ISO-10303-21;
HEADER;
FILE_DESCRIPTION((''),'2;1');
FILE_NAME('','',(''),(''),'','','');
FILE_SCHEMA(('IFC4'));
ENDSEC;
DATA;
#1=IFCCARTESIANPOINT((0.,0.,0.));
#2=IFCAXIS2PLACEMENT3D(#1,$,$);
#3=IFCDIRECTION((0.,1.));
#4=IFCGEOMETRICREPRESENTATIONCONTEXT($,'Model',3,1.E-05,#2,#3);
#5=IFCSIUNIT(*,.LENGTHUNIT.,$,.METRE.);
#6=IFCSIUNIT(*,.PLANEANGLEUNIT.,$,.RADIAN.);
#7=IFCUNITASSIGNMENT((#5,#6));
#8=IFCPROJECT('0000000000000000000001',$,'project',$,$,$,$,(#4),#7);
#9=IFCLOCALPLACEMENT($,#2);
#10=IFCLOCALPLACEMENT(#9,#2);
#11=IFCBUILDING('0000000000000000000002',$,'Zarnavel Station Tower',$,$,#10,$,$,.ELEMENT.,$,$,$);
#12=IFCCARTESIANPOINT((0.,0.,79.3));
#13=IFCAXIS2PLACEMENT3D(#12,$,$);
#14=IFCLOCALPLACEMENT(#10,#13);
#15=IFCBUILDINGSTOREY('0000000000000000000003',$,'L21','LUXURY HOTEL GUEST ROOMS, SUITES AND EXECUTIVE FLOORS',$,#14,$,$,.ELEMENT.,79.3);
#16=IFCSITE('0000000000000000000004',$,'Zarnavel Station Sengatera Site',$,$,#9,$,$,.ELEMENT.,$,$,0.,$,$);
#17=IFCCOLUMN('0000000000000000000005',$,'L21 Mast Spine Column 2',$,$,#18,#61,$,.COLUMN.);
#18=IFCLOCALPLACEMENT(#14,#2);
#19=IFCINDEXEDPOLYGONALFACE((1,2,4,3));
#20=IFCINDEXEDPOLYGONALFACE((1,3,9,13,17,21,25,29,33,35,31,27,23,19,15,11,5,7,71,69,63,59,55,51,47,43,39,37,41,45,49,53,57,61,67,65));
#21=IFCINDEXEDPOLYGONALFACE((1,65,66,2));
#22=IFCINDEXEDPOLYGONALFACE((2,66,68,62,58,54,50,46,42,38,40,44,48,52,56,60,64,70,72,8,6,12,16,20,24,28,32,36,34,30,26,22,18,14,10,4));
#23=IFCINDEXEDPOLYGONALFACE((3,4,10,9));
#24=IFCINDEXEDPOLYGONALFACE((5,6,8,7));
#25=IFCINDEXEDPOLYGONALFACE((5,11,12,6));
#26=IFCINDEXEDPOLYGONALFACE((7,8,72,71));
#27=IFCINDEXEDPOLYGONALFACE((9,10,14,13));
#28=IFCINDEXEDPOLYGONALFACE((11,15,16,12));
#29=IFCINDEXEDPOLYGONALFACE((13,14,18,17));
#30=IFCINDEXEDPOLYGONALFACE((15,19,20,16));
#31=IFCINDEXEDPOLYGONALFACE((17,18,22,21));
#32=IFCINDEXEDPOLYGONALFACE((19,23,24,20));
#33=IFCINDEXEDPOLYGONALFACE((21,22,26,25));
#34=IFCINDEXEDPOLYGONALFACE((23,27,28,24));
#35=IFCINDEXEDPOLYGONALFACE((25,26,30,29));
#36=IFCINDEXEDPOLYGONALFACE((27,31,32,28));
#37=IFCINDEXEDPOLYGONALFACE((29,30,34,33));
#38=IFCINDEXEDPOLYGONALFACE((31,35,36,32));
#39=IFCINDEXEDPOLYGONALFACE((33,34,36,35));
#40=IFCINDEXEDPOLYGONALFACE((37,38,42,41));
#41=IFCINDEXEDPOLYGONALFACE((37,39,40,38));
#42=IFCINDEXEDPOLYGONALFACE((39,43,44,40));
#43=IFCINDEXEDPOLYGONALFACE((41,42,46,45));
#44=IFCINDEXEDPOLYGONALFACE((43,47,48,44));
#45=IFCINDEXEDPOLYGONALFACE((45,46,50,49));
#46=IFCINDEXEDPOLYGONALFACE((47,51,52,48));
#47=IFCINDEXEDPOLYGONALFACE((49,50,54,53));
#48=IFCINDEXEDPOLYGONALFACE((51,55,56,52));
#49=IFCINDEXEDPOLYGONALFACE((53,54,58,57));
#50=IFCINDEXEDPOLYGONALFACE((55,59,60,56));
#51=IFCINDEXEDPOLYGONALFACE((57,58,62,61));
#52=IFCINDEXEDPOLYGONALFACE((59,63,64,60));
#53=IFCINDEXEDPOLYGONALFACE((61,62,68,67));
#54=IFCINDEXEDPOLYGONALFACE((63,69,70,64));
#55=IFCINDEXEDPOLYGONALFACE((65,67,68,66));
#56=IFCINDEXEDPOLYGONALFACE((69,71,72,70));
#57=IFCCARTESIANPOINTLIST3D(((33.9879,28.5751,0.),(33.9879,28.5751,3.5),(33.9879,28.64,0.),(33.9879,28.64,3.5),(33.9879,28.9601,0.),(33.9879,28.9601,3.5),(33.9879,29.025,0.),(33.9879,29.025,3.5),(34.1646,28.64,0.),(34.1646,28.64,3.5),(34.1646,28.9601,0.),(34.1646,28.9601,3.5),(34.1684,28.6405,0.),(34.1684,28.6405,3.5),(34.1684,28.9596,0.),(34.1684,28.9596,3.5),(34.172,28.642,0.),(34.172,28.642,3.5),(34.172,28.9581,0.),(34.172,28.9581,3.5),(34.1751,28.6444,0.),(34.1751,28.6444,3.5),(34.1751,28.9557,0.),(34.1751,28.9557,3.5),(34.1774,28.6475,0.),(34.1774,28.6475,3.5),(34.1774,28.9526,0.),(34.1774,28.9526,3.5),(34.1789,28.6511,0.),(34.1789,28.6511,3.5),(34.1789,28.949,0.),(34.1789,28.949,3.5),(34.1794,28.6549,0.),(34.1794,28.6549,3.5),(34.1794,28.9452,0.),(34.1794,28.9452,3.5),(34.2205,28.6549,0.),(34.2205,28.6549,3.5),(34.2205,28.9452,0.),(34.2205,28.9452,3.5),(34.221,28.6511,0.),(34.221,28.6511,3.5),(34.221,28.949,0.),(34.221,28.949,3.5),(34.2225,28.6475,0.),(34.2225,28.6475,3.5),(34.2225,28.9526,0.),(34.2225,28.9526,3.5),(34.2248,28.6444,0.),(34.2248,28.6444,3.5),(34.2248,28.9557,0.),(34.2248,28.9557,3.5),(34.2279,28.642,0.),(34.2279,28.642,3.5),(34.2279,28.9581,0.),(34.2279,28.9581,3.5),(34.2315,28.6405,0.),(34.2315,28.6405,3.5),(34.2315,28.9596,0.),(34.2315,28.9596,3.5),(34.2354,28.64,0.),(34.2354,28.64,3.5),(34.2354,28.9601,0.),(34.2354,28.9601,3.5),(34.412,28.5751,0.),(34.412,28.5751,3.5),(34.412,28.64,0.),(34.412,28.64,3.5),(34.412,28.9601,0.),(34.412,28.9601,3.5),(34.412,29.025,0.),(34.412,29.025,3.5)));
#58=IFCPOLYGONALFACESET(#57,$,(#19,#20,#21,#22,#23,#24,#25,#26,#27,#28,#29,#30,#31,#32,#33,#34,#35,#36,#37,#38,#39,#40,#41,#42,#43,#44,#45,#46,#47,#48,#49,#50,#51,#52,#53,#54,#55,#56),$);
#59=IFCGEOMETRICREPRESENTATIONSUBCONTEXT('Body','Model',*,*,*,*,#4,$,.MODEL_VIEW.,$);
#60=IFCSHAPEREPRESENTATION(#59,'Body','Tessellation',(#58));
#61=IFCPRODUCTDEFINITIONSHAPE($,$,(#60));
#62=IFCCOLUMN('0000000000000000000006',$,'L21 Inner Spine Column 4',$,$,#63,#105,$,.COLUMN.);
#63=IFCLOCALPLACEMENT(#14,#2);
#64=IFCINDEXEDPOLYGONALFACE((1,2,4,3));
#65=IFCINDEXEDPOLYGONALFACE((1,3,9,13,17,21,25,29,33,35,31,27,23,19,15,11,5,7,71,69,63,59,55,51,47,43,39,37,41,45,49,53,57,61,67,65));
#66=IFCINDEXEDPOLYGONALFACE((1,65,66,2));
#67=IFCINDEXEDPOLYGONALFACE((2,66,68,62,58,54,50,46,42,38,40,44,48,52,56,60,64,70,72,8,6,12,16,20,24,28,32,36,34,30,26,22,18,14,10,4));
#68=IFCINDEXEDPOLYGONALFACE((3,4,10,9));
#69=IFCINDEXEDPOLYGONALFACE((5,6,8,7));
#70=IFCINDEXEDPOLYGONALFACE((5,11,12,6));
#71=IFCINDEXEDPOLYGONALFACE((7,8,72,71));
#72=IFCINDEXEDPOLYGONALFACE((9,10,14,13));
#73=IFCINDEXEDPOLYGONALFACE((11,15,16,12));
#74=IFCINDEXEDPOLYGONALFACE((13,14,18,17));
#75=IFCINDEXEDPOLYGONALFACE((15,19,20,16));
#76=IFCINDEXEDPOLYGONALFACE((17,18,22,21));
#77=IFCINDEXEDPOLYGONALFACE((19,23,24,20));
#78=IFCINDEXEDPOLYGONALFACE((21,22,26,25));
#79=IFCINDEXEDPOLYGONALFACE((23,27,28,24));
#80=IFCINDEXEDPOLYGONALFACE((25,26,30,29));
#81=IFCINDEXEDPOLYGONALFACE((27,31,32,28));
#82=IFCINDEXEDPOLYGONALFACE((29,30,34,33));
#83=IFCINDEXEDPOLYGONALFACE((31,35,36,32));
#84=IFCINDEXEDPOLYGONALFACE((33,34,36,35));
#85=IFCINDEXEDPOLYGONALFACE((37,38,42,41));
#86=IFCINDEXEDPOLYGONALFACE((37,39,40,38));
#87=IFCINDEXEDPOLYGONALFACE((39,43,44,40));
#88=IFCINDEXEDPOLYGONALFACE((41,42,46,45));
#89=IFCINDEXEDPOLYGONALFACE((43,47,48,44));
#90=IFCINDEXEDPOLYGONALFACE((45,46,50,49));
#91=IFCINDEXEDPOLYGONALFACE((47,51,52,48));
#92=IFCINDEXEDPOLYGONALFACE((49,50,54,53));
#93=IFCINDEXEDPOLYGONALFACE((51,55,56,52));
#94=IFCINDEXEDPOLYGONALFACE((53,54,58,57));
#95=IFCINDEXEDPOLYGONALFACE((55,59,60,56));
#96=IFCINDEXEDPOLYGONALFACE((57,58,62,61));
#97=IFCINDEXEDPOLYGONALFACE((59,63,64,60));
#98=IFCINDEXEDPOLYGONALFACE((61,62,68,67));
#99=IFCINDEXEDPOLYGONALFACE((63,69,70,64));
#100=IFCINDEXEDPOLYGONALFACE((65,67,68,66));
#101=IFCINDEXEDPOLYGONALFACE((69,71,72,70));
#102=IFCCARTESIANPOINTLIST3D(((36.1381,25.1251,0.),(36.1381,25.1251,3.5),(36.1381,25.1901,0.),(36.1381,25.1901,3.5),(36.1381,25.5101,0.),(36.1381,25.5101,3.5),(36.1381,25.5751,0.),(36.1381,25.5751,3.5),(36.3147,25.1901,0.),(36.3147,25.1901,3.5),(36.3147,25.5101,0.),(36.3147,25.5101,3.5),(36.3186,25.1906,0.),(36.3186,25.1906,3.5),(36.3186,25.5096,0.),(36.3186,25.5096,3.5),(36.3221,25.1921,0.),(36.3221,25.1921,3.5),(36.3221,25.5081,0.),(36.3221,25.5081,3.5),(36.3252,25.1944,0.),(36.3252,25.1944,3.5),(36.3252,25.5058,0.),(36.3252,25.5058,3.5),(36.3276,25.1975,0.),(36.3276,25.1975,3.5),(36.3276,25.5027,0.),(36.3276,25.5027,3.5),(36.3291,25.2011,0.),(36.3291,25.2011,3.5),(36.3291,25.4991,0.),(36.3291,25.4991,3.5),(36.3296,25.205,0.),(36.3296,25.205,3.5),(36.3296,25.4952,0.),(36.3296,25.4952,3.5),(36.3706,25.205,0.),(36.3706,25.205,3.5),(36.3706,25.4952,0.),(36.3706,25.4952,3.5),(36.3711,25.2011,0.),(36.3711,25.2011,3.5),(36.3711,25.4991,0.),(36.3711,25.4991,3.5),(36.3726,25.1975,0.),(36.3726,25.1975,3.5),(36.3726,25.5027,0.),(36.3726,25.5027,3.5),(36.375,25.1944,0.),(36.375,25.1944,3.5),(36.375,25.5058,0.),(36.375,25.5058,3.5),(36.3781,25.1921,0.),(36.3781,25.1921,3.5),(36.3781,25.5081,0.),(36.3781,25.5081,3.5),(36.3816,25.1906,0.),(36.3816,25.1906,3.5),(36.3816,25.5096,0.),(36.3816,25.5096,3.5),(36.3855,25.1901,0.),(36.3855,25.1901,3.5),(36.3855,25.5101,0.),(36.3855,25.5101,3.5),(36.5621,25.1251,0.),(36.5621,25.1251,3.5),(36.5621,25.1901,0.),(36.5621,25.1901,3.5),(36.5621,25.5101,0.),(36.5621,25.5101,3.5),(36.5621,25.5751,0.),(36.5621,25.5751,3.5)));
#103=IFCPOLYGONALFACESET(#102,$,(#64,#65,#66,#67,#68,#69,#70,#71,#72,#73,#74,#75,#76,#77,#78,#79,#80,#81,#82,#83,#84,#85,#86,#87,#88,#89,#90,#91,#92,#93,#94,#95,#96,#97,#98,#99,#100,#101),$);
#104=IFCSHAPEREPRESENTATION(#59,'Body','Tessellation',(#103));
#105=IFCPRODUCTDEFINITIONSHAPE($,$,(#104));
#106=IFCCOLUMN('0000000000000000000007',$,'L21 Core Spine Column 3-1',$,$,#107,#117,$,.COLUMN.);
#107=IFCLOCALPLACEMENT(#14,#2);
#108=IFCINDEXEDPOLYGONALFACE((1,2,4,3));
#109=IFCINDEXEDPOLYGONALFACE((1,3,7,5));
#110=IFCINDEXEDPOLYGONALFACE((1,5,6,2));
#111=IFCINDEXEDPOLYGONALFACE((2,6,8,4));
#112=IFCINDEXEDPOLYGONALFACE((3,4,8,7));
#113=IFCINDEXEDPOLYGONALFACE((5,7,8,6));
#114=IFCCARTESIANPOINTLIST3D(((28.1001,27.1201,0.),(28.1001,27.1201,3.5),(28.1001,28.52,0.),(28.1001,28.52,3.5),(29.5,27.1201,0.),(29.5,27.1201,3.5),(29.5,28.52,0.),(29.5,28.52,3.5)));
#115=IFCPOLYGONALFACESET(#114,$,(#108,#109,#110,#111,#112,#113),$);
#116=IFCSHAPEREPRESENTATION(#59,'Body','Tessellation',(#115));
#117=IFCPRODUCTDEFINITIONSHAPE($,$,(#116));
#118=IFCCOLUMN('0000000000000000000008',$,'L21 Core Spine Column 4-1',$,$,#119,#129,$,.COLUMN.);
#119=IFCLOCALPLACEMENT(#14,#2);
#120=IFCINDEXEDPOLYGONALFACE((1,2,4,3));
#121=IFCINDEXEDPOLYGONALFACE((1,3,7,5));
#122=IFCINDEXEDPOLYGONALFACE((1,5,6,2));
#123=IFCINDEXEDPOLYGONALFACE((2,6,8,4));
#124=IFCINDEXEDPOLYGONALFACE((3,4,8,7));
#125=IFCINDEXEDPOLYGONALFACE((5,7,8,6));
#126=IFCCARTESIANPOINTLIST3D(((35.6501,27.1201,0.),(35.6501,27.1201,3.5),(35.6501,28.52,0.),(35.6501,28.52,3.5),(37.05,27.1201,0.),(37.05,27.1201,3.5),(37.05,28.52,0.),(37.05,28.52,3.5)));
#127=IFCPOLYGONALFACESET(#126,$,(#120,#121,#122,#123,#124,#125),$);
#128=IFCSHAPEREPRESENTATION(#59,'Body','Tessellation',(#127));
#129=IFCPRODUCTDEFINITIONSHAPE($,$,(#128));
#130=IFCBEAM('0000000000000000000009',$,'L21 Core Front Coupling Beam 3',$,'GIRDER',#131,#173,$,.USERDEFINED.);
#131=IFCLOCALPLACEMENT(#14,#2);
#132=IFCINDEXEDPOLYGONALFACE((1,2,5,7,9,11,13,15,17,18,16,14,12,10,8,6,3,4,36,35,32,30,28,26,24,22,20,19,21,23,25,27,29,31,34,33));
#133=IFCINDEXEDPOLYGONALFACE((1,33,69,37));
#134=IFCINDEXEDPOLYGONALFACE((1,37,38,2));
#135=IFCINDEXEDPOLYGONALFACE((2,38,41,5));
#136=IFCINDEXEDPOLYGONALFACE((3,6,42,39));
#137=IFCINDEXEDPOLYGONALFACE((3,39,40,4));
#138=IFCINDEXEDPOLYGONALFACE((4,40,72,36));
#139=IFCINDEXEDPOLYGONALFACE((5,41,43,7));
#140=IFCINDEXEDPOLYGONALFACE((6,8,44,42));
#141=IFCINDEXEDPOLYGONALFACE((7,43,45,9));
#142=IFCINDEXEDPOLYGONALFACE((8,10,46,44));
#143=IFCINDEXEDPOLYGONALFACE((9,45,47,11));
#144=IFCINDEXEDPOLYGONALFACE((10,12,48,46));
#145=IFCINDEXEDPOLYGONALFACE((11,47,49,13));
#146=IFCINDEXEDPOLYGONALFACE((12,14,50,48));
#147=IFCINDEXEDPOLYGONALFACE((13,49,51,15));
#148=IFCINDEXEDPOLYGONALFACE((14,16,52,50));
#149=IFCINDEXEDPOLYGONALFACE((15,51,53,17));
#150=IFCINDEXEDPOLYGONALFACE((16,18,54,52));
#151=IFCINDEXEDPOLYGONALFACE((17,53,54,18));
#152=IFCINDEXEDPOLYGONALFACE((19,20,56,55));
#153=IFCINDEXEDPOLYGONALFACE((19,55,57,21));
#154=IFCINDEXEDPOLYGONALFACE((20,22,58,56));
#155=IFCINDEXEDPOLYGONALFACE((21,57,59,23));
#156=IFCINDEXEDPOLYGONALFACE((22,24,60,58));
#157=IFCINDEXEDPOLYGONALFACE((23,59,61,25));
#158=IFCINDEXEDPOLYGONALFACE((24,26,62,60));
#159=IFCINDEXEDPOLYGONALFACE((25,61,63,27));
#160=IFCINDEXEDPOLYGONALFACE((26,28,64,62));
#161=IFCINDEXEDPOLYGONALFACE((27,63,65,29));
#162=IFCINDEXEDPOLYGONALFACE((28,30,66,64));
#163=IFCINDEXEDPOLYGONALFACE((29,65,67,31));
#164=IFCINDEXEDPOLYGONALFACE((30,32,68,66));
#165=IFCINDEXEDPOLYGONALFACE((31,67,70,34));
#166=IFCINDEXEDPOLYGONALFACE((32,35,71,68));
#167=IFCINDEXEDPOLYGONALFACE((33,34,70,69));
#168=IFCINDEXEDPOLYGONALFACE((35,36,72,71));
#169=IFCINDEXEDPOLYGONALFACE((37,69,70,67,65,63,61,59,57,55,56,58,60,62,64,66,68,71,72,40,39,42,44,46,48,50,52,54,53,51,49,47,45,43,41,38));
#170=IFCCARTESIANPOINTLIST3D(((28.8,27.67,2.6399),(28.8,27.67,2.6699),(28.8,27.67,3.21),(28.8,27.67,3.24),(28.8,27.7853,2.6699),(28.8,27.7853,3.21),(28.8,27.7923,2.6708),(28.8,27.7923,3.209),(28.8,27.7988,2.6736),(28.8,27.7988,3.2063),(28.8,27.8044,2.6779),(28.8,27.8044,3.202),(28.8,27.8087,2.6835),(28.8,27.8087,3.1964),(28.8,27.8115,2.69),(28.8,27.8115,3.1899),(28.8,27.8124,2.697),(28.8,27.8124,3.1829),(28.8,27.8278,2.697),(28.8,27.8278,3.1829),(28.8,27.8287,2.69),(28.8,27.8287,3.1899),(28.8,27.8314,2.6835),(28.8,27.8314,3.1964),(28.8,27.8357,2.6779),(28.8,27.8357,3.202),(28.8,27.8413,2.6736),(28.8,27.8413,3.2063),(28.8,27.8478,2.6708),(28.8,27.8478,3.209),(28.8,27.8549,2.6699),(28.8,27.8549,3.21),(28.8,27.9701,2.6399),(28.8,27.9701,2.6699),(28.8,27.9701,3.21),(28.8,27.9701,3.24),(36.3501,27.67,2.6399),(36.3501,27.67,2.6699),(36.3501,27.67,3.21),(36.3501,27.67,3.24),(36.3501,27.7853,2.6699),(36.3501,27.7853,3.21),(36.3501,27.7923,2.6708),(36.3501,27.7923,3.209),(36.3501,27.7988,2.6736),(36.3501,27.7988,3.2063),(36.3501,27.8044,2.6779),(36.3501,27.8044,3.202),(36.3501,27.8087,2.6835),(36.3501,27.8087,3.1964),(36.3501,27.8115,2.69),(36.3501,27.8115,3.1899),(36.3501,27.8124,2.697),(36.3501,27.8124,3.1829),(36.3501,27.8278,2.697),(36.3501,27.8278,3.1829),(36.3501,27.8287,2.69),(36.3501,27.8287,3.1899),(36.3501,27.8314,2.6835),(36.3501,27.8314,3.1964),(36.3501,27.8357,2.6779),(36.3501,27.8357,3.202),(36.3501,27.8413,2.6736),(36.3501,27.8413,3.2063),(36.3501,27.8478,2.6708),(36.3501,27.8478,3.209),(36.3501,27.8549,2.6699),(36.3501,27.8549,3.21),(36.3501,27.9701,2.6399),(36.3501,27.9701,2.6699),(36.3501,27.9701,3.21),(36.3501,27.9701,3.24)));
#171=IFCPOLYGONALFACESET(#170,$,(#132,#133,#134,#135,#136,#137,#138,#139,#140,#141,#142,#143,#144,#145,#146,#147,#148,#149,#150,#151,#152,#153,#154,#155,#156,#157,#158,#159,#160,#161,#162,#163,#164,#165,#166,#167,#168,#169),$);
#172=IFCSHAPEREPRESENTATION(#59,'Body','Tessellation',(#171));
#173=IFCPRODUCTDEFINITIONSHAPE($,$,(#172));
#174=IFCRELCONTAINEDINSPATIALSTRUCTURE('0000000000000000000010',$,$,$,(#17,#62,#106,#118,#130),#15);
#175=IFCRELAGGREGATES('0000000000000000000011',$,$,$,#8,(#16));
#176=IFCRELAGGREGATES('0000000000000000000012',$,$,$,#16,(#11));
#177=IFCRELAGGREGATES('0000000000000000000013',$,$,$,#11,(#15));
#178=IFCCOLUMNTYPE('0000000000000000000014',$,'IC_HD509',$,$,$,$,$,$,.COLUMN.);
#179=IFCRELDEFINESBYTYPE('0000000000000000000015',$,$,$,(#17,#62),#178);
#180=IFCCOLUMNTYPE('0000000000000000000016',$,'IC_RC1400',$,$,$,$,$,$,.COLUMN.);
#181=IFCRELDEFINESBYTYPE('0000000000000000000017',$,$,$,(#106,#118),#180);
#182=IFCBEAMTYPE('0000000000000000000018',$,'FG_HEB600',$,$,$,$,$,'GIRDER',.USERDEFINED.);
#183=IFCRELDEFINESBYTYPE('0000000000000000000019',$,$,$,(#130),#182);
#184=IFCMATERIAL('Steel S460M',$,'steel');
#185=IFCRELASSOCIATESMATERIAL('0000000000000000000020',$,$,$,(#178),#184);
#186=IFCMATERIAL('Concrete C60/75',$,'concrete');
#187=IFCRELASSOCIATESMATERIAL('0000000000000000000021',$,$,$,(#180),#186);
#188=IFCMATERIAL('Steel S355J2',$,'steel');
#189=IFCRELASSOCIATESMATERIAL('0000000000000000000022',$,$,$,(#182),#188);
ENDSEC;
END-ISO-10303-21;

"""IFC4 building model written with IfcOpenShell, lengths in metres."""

from ifc_helpers import new_model, si_unit, direction, frame, origin, origin_2d, place, context, subcontext, project, spatial, rectangle, i_section, extrude, material, material_profile, profile_set, type_object, element, save


model = new_model("IFC4")

# Units and contexts
model_context = context("Model", 3, precision=1e-05, world=origin(), true_north=direction((0.0, 1.0)))
body_context = subcontext(model_context, "Body", "Model", "MODEL_VIEW")
ifc_project = project(units=[si_unit("LENGTHUNIT", "METRE"), si_unit("PLANEANGLEUNIT", "RADIAN")], contexts=[model_context])

# Site, building, storey
site_placement = place(None, origin())
site = spatial("IfcSite", under=ifc_project, at=site_placement, Name="Zarnavel Station Sengatera Site", CompositionType="ELEMENT", RefElevation=0.0)
building_placement = place(site_placement, origin())
building = spatial("IfcBuilding", under=site, at=building_placement, Name="Zarnavel Station Tower", CompositionType="ELEMENT")
storey_placement = place(building_placement, frame((0.0, 0.0, 79.3)))
storey = spatial("IfcBuildingStorey", under=building, at=storey_placement, Name="L21", Description="LUXURY HOTEL GUEST ROOMS, SUITES AND EXECUTIVE FLOORS", CompositionType="ELEMENT", Elevation=79.3)

# Columns
ifc_material_1 = material(Name="Steel S460M", Category="steel")
ifc_material_profile_1 = material_profile(ifc_material_1, i_section(OverallWidth=0.4241, OverallDepth=0.45, WebThickness=0.041, FlangeThickness=0.0649, FilletRadius=0.0149, at=origin_2d()), Name="HD400x509")
ifc_profile_set_1 = profile_set([ifc_material_profile_1], Name="Steel S460M")
column_type_1 = type_object("IfcColumnType", Name="IC_HD509", PredefinedType="COLUMN", material=ifc_profile_set_1)
for number, where, z_axis, x_axis, name in (
    (1, (34.2, 28.8, 0.0), (0.0, 0.0, 1.0), (1.0, 0.0, 0.0), "L21 Mast Spine Column 2"),
    (2, (36.3501, 25.3501, 0.0), (0.0, 0.0, 1.0), (1.0, 0.0, 0.0), "L21 Inner Spine Column 4"),
):
    element("IfcColumn", number, at=place(storey_placement, frame(where, z_axis=z_axis, x_axis=x_axis)), inside=storey, type_object=column_type_1, Name=name, PredefinedType="COLUMN", context=body_context, shape_type="SweptSolid", body=[
        extrude(i_section(OverallWidth=0.4241, OverallDepth=0.45, WebThickness=0.041, FlangeThickness=0.0649, FilletRadius=0.0149, at=origin_2d()), origin(), (0.0, 0.0, 1.0), 3.5),
    ])
ifc_material_2 = material(Name="Concrete C60/75", Category="concrete")
ifc_material_profile_2 = material_profile(ifc_material_2, rectangle(XDim=1.3999, YDim=1.3999, at=origin_2d()), Name="RC1400x1400")
ifc_profile_set_2 = profile_set([ifc_material_profile_2], Name="Concrete C60/75")
column_type_2 = type_object("IfcColumnType", Name="IC_RC1400", PredefinedType="COLUMN", material=ifc_profile_set_2)
for number, where, z_axis, x_axis, name in (
    (3, (28.8, 27.8201, 0.0), (0.0, 0.0, 1.0), (1.0, 0.0, 0.0), "L21 Core Spine Column 3-1"),
    (4, (36.3501, 27.8201, 0.0), (0.0, 0.0, 1.0), (1.0, 0.0, 0.0), "L21 Core Spine Column 4-1"),
):
    element("IfcColumn", number, at=place(storey_placement, frame(where, z_axis=z_axis, x_axis=x_axis)), inside=storey, type_object=column_type_2, Name=name, PredefinedType="COLUMN", context=body_context, shape_type="SweptSolid", body=[
        extrude(rectangle(XDim=1.3999, YDim=1.3999, at=origin_2d()), origin(), (0.0, 0.0, 1.0), 3.5),
    ])

# Beam
ifc_material_3 = material(Name="Steel S355J2", Category="steel")
ifc_material_profile_3 = material_profile(ifc_material_3, i_section(OverallWidth=0.3, OverallDepth=0.6001, WebThickness=0.0154, FlangeThickness=0.03, FilletRadius=0.0271, at=origin_2d()), Name="HEB600")
ifc_profile_set_3 = profile_set([ifc_material_profile_3], Name="Steel S355J2")
beam_type_1 = type_object("IfcBeamType", Name="FG_HEB600", ElementType="GIRDER", PredefinedType="USERDEFINED", material=ifc_profile_set_3)
beam_1_placement = place(storey_placement, frame((28.8, 27.8201, 2.9399), z_axis=(1.0, 0.0, 0.0), x_axis=(0.0, 1.0, 0.0)))
element("IfcBeam", 5, at=beam_1_placement, inside=storey, type_object=beam_type_1, Name="L21 Core Front Coupling Beam 3", ObjectType="GIRDER", PredefinedType="USERDEFINED", context=body_context, shape_type="SweptSolid", body=[
    extrude(i_section(OverallWidth=0.3, OverallDepth=0.6001, WebThickness=0.0154, FlangeThickness=0.03, FilletRadius=0.0271, at=origin_2d()), origin(), (0.0, 0.0, 1.0), 7.55),
])

save(model, "model.ifc")
